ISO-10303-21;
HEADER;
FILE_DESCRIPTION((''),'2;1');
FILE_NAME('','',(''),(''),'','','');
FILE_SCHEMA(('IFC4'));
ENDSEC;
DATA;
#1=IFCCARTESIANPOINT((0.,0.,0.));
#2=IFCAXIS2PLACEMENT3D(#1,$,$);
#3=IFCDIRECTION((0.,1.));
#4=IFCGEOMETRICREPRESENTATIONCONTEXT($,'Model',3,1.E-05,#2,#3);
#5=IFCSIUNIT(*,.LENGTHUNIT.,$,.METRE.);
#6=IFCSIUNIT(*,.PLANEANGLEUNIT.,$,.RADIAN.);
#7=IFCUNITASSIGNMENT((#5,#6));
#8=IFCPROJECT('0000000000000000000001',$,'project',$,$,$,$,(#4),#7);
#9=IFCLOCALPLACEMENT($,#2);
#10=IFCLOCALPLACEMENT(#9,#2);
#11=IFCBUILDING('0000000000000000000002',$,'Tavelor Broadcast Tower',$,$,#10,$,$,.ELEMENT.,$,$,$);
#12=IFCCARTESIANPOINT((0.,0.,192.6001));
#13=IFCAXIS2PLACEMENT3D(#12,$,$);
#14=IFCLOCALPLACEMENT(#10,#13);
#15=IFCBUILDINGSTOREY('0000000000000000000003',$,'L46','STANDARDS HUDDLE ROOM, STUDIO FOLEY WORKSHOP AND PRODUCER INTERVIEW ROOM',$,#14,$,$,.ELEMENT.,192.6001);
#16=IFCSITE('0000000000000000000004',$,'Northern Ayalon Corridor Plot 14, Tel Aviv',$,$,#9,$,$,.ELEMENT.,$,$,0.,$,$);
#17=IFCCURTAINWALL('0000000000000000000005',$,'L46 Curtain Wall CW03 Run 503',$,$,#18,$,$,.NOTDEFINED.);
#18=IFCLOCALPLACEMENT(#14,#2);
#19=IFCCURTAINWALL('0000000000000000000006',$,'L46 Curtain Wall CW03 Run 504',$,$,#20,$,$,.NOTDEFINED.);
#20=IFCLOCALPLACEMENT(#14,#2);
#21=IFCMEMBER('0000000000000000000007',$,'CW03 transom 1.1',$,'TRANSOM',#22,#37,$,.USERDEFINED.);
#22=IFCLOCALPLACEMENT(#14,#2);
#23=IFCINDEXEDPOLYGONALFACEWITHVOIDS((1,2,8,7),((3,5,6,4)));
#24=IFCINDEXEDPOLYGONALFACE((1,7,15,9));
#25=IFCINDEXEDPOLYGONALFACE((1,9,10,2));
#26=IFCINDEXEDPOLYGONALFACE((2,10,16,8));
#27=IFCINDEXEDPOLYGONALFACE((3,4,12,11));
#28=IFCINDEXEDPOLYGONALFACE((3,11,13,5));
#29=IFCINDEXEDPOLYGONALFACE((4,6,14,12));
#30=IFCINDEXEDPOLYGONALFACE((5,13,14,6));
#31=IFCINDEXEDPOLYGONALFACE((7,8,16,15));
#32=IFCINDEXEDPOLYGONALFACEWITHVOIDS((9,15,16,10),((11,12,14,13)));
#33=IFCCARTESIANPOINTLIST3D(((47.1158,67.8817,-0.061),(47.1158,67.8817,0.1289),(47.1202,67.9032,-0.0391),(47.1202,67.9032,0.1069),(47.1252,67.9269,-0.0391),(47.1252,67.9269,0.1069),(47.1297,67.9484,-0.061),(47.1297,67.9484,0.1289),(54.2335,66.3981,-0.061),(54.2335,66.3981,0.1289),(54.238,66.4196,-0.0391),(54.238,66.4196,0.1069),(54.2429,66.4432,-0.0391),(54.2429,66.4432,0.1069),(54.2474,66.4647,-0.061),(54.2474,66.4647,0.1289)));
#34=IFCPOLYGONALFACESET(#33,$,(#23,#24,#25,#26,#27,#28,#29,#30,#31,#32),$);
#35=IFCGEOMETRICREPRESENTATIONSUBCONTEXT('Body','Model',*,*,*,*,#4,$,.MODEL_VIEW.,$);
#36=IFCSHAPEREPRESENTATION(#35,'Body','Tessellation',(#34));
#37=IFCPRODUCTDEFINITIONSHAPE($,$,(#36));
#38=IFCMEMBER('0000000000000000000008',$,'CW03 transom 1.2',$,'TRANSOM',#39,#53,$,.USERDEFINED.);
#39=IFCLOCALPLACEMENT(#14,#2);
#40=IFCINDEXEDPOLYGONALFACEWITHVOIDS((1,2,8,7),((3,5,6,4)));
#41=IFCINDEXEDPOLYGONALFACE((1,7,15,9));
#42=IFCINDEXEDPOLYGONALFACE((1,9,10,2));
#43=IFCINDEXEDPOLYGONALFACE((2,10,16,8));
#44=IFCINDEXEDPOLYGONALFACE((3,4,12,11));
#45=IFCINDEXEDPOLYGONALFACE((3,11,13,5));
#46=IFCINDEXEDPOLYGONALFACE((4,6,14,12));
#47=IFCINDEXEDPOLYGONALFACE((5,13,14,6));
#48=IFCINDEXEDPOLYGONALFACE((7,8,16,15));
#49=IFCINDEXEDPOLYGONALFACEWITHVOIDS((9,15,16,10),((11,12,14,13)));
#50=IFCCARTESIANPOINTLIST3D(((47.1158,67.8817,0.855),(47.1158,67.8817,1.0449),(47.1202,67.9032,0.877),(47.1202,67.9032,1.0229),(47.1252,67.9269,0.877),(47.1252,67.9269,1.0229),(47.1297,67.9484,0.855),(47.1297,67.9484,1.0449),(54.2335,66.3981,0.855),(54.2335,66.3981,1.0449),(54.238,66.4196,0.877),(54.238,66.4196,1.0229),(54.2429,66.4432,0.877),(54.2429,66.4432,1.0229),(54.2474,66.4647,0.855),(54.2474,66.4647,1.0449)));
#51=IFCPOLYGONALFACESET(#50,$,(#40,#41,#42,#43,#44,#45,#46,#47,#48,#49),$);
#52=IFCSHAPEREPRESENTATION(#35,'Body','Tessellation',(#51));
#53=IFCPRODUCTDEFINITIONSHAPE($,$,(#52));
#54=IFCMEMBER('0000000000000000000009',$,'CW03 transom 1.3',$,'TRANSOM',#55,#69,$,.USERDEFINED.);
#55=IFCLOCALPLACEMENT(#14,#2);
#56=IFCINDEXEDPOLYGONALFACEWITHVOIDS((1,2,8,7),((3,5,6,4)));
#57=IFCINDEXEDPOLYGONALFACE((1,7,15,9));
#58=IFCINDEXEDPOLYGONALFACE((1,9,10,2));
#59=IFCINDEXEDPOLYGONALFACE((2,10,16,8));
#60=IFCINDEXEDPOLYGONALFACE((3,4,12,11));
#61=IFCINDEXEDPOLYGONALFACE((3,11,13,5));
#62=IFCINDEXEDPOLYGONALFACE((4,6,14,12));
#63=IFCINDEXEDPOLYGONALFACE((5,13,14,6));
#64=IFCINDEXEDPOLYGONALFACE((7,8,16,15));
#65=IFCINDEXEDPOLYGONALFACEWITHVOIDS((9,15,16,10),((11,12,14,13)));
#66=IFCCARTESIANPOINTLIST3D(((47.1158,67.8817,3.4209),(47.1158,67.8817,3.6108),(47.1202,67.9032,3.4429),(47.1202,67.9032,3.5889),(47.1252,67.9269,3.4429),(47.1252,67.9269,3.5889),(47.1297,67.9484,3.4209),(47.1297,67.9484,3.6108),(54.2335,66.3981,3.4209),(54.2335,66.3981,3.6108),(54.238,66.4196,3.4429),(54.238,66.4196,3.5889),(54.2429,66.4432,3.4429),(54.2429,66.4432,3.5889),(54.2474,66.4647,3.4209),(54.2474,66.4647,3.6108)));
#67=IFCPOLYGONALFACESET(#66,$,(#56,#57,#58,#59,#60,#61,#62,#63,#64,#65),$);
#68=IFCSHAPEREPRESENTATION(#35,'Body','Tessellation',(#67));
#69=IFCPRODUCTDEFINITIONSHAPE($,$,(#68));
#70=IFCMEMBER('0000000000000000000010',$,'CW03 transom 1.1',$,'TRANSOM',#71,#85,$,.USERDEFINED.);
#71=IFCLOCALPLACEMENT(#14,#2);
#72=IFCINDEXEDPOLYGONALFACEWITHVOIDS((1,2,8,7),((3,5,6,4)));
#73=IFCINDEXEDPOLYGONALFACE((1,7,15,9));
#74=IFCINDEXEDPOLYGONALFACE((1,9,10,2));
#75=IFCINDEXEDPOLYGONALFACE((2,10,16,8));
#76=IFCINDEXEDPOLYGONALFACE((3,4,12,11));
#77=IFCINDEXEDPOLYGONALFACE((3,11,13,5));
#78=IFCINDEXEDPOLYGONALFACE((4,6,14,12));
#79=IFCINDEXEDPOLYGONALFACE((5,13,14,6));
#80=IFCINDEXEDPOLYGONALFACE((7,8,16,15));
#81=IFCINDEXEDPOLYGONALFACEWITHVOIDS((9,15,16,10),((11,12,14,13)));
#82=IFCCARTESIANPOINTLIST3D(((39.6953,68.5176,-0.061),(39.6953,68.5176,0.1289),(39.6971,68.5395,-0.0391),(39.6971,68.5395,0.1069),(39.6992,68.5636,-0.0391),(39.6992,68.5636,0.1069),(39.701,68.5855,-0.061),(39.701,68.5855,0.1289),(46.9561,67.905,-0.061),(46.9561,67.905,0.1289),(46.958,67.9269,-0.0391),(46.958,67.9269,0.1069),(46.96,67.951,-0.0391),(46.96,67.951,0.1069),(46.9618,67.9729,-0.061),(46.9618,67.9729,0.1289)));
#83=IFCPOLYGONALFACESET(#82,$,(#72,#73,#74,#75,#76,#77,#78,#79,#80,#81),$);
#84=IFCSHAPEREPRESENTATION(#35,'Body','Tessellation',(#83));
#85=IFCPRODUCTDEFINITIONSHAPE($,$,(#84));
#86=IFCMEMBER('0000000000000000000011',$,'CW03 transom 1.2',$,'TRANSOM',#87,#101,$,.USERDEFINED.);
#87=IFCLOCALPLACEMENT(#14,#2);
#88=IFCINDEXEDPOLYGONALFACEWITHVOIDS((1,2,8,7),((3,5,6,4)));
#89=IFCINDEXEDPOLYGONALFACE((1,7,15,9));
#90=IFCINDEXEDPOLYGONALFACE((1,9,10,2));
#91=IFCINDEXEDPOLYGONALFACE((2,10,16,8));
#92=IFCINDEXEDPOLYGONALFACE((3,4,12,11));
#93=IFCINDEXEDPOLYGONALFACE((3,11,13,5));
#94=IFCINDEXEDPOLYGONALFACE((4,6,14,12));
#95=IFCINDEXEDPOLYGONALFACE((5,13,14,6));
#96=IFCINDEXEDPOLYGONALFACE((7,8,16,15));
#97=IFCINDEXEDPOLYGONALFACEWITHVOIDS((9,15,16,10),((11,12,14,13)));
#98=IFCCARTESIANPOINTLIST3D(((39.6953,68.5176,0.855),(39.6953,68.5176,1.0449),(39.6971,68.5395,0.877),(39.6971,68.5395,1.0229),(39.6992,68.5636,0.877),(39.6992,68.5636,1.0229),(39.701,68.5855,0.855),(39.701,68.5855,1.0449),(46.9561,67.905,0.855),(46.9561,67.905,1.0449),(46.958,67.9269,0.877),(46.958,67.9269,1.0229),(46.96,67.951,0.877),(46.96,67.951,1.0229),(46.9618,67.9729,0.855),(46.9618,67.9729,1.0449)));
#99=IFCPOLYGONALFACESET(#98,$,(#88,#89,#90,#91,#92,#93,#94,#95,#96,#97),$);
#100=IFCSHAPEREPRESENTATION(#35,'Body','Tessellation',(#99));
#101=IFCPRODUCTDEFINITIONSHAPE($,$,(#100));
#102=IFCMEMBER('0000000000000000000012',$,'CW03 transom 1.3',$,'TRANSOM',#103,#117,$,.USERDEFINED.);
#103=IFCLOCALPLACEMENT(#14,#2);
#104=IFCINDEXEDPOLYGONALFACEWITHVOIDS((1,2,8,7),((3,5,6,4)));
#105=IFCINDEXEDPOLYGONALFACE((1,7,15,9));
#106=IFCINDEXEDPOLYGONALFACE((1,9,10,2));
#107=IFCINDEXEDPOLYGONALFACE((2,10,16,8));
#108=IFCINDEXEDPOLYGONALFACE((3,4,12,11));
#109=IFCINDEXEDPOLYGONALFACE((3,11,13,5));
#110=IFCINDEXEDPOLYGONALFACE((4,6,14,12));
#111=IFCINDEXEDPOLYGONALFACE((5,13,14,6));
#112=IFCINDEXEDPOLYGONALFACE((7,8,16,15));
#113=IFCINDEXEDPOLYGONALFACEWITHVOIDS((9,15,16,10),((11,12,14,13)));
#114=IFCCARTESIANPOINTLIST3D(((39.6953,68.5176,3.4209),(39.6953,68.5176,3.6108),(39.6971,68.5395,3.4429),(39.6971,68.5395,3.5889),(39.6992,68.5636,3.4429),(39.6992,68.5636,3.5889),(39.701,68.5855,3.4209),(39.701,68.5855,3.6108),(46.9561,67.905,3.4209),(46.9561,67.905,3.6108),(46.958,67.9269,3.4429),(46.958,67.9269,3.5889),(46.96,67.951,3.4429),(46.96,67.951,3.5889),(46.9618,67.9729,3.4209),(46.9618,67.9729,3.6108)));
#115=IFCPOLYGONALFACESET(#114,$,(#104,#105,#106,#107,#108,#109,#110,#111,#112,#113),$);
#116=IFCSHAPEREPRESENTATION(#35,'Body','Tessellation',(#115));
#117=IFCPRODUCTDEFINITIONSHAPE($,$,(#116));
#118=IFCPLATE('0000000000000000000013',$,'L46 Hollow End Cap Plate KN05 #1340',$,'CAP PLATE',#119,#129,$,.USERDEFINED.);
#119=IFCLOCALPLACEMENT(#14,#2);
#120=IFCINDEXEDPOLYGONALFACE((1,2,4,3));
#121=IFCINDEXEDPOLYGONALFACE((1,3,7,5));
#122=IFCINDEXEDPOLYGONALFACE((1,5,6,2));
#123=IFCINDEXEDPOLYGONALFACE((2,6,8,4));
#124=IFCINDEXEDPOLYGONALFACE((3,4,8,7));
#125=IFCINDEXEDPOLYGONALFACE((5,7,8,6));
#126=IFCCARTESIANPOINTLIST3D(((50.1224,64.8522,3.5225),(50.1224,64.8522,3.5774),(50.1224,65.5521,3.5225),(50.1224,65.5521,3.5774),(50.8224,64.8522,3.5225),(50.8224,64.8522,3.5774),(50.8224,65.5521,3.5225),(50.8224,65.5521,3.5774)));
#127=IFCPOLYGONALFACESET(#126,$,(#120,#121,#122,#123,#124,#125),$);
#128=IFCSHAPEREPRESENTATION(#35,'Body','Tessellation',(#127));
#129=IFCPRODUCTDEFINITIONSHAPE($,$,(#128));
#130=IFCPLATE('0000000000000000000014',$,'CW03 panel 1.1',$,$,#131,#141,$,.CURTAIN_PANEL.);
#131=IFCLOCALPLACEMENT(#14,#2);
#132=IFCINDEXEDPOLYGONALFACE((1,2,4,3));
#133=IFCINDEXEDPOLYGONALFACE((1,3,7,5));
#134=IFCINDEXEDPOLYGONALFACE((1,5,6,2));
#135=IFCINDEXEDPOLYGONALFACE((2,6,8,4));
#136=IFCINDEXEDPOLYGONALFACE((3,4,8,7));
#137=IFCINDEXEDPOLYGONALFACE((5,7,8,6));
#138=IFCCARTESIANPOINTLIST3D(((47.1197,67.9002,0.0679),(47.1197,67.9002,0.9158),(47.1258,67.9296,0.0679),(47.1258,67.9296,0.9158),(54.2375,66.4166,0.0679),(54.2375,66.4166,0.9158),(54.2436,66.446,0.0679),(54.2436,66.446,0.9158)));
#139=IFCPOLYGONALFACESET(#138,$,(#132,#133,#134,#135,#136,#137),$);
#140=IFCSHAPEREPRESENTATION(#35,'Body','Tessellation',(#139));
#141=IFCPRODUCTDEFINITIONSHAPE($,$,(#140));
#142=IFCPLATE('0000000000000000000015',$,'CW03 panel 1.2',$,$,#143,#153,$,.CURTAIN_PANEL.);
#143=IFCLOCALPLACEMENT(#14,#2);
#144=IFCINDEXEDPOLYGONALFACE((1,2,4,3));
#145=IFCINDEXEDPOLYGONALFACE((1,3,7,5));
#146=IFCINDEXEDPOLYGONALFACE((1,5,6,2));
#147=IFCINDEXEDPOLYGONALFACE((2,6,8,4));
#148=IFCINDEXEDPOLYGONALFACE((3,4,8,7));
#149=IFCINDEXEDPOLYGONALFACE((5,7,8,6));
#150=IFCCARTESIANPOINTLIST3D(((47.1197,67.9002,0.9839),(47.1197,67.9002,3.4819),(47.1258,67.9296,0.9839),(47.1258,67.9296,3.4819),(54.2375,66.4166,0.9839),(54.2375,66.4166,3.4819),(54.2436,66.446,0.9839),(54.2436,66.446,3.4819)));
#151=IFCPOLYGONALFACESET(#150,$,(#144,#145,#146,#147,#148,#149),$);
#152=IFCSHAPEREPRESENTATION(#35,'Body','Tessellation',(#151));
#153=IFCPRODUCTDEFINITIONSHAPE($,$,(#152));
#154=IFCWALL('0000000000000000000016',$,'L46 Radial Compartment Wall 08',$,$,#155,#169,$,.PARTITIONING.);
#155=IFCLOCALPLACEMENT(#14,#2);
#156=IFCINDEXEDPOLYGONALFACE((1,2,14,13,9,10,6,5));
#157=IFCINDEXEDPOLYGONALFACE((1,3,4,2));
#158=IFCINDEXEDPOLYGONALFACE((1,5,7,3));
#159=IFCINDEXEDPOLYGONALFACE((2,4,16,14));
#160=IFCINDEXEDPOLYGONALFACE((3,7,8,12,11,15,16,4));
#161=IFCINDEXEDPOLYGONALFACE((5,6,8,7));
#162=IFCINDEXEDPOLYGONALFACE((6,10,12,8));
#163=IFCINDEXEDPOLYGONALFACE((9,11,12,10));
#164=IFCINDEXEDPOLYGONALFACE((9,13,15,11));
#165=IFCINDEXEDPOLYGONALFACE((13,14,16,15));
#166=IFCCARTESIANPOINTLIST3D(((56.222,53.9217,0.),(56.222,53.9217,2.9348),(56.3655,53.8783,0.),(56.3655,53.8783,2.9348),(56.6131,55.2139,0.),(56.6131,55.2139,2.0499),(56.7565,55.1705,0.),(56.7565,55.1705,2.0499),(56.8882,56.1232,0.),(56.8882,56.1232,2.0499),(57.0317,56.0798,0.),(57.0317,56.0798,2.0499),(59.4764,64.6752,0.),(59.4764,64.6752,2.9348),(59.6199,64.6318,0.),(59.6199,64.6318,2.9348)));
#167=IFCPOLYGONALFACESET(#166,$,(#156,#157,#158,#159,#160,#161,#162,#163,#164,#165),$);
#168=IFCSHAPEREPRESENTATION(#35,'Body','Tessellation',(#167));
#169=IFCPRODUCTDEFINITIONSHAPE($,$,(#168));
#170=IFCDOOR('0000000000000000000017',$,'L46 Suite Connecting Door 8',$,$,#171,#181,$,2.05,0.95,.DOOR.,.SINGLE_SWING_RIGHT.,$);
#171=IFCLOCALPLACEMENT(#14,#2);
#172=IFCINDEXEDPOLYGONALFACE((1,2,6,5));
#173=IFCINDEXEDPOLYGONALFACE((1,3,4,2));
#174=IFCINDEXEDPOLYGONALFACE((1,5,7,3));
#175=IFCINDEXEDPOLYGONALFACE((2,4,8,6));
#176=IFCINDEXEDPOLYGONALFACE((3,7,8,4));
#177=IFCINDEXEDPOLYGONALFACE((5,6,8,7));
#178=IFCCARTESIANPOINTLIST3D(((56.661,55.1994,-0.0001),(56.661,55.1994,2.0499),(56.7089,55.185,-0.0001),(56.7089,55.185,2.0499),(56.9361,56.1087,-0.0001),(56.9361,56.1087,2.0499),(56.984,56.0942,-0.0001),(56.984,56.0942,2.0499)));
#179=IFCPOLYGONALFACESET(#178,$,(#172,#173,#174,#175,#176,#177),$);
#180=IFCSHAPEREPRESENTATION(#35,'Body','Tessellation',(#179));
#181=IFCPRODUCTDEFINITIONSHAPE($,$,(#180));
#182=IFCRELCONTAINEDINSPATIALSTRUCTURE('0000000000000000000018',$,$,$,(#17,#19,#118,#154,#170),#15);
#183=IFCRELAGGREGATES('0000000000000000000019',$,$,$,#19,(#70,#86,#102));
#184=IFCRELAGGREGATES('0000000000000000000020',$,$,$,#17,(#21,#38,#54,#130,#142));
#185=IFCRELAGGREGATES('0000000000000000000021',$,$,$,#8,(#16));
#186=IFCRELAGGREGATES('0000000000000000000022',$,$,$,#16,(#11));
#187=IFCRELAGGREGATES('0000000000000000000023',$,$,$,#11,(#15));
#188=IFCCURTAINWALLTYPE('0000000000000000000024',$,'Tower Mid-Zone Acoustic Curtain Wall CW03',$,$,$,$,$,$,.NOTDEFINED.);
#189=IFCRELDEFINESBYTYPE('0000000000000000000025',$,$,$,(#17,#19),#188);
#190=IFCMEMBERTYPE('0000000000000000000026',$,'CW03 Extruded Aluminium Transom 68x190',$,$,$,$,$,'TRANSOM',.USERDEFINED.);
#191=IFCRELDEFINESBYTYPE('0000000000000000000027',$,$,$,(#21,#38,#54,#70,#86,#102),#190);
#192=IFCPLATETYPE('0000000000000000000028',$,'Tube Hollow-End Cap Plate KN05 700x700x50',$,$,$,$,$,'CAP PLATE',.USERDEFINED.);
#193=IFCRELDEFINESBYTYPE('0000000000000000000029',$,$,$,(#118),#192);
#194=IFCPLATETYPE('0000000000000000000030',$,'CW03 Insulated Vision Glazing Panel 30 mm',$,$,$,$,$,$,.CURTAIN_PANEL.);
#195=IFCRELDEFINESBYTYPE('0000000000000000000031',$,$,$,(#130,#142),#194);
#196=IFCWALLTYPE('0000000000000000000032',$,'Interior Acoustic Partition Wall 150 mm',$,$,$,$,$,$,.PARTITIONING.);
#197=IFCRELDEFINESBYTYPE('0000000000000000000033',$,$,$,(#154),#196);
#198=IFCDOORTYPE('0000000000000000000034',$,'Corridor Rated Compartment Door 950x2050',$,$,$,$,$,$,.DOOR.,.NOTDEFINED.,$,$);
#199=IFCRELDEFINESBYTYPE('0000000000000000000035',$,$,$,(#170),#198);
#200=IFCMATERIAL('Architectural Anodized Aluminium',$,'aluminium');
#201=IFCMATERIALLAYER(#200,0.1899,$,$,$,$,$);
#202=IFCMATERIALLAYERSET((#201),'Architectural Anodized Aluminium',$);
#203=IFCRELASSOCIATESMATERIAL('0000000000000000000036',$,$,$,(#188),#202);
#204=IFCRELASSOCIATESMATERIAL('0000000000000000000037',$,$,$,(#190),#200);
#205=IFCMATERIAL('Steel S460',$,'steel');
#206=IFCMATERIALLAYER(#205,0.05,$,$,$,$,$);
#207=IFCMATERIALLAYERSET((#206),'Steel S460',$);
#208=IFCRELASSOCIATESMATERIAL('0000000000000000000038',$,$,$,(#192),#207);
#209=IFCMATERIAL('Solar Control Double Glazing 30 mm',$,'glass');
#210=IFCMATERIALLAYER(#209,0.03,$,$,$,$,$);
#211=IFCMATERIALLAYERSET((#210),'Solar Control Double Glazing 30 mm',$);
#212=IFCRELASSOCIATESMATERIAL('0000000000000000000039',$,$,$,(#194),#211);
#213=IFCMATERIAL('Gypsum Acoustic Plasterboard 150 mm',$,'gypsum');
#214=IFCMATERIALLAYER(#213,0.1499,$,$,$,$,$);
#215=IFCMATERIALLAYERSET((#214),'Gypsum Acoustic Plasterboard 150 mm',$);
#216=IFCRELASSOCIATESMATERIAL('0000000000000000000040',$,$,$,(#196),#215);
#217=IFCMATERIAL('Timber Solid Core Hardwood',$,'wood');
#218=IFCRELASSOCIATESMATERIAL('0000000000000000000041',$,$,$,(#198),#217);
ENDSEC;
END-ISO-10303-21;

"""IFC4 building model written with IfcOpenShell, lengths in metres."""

from ifc_helpers import new_model, si_unit, direction, frame, frame_2d, origin, origin_2d, place, context, subcontext, project, spatial, rectangle, hollow_rectangle, extrude, source, transform, mapped, material, layer, layer_set, material_profile, profile_set, type_object, type_shapes, element, fill, aggregate, save


model = new_model("IFC4")

# Units and contexts
model_context = context("Model", 3, precision=1e-05, world=origin(), true_north=direction((0.0, 1.0)))
body_context = subcontext(model_context, "Body", "Model", "MODEL_VIEW")
ifc_project = project(units=[si_unit("LENGTHUNIT", "METRE"), si_unit("PLANEANGLEUNIT", "RADIAN")], contexts=[model_context])

# Site, building, storey
site_placement = place(None, origin())
site = spatial("IfcSite", under=ifc_project, at=site_placement, Name="Northern Ayalon Corridor Plot 14, Tel Aviv", CompositionType="ELEMENT", RefElevation=0.0)
building_placement = place(site_placement, origin())
building = spatial("IfcBuilding", under=site, at=building_placement, Name="Tavelor Broadcast Tower", CompositionType="ELEMENT")
storey_placement = place(building_placement, frame((0.0, 0.0, 192.6001)))
storey = spatial("IfcBuildingStorey", under=building, at=storey_placement, Name="L46", Description="STANDARDS HUDDLE ROOM, STUDIO FOLEY WORKSHOP AND PRODUCER INTERVIEW ROOM", CompositionType="ELEMENT", Elevation=192.6001)

# Shared definitions
ifc_material_1 = material(Name="Steel S460", Category="steel")

# Shared definitions
ifc_material_2 = material(Name="Architectural Anodized Aluminium", Category="aluminium")
ifc_layer_1 = layer(ifc_material_2, 0.1899)
ifc_layer_set_1 = layer_set([ifc_layer_1], Name="Architectural Anodized Aluminium")
curtain_wall_type = type_object("IfcCurtainWallType", Name="Tower Mid-Zone Acoustic Curtain Wall CW03", PredefinedType="NOTDEFINED", material=ifc_layer_set_1)

# Curtain wall
curtain_wall_1_placement = place(storey_placement, origin())
curtain_wall_1 = element("IfcCurtainWall", 1, at=curtain_wall_1_placement, inside=storey, type_object=curtain_wall_type, Name="L46 Curtain Wall CW03 Run 503", PredefinedType="NOTDEFINED")

# Curtain wall
curtain_wall_2_placement = place(storey_placement, origin())
curtain_wall_2 = element("IfcCurtainWall", 2, at=curtain_wall_2_placement, inside=storey, type_object=curtain_wall_type, Name="L46 Curtain Wall CW03 Run 504", PredefinedType="NOTDEFINED")

# Members
ifc_material_profile_1 = material_profile(ifc_material_2, hollow_rectangle(XDim=0.0681, YDim=0.1899, WallThickness=0.022, at=origin_2d()), Name="RHS 68x190x22")
ifc_profile_set_1 = profile_set([ifc_material_profile_1], Name="Architectural Anodized Aluminium")
member_type_1 = type_object("IfcMemberType", Name="CW03 Extruded Aluminium Transom 68x190", ElementType="TRANSOM", PredefinedType="USERDEFINED", material=ifc_profile_set_1)
shared_shape_1 = source(origin(), body_context, "Body", "SweptSolid", [
    extrude(hollow_rectangle(XDim=0.0681, YDim=0.1899, WallThickness=0.022, at=origin_2d()), origin(), (0.0, 0.0, 1.0), 7.2708),
])
member_1_placement = place(storey_placement, frame((54.2405, 66.4314, 0.0339), z_axis=(-0.978959, 0.204059, 0.0), x_axis=(-0.204059, -0.978959, 0.0)))
member_1 = element("IfcMember", 3, at=member_1_placement, type_object=member_type_1, Name="CW03 transom 1.1", ObjectType="TRANSOM", PredefinedType="USERDEFINED", context=body_context, shape_type="MappedRepresentation", body=[
    mapped(shared_shape_1, transform((0.0, 0.0, 0.0), scale=1.0)),
])
member_2_placement = place(storey_placement, frame((54.2405, 66.4314, 0.95), z_axis=(-0.978959, 0.204059, 0.0), x_axis=(-0.204059, -0.978959, 0.0)))
member_2 = element("IfcMember", 4, at=member_2_placement, type_object=member_type_1, Name="CW03 transom 1.2", ObjectType="TRANSOM", PredefinedType="USERDEFINED", context=body_context, shape_type="MappedRepresentation", body=[
    mapped(shared_shape_1, transform((0.0, 0.0, 0.0), scale=1.0)),
])
member_3_placement = place(storey_placement, frame((54.2405, 66.4314, 3.5159), z_axis=(-0.978959, 0.204059, 0.0), x_axis=(-0.204059, -0.978959, 0.0)))
member_3 = element("IfcMember", 5, at=member_3_placement, type_object=member_type_1, Name="CW03 transom 1.3", ObjectType="TRANSOM", PredefinedType="USERDEFINED", context=body_context, shape_type="MappedRepresentation", body=[
    mapped(shared_shape_1, transform((0.0, 0.0, 0.0), scale=1.0)),
])
shared_shape_2 = source(origin(), body_context, "Body", "SweptSolid", [
    extrude(hollow_rectangle(XDim=0.0681, YDim=0.1899, WallThickness=0.022, at=origin_2d()), origin(), (0.0, 0.0, 1.0), 7.2866),
])
type_shapes(member_type_1, [shared_shape_1, shared_shape_2])
member_4_placement = place(storey_placement, frame((46.959, 67.939, 0.0339), z_axis=(-0.99646, 0.084066, 0.0), x_axis=(-0.084066, -0.99646, 0.0)))
member_4 = element("IfcMember", 6, at=member_4_placement, type_object=member_type_1, Name="CW03 transom 1.1", ObjectType="TRANSOM", PredefinedType="USERDEFINED", context=body_context, shape_type="MappedRepresentation", body=[
    mapped(shared_shape_2, transform((0.0, 0.0, 0.0), scale=1.0)),
])
member_5_placement = place(storey_placement, frame((46.959, 67.939, 0.95), z_axis=(-0.99646, 0.084066, 0.0), x_axis=(-0.084066, -0.99646, 0.0)))
member_5 = element("IfcMember", 7, at=member_5_placement, type_object=member_type_1, Name="CW03 transom 1.2", ObjectType="TRANSOM", PredefinedType="USERDEFINED", context=body_context, shape_type="MappedRepresentation", body=[
    mapped(shared_shape_2, transform((0.0, 0.0, 0.0), scale=1.0)),
])
member_6_placement = place(storey_placement, frame((46.959, 67.939, 3.5159), z_axis=(-0.99646, 0.084066, 0.0), x_axis=(-0.084066, -0.99646, 0.0)))
member_6 = element("IfcMember", 8, at=member_6_placement, type_object=member_type_1, Name="CW03 transom 1.3", ObjectType="TRANSOM", PredefinedType="USERDEFINED", context=body_context, shape_type="MappedRepresentation", body=[
    mapped(shared_shape_2, transform((0.0, 0.0, 0.0), scale=1.0)),
])
aggregate(curtain_wall_2, [member_4, member_5, member_6])

# Plates
ifc_layer_2 = layer(ifc_material_1, 0.05)
ifc_layer_set_2 = layer_set([ifc_layer_2], Name="Steel S460")
plate_type_1 = type_object("IfcPlateType", Name="Tube Hollow-End Cap Plate KN05 700x700x50", ElementType="CAP PLATE", PredefinedType="USERDEFINED", material=ifc_layer_set_2)
shared_shape_3 = source(origin(), body_context, "Body", "SweptSolid", [
    extrude(rectangle(XDim=0.7, YDim=0.7, at=origin_2d()), origin(), (0.0, 0.0, 1.0), 0.0549),
])
type_shapes(plate_type_1, [shared_shape_3])
plate_1_placement = place(storey_placement, frame((50.4724, 65.2021, 3.5225), z_axis=(0.0, 0.0, 1.0), x_axis=(1.0, 0.0, 0.0)))
element("IfcPlate", 9, at=plate_1_placement, inside=storey, type_object=plate_type_1, Name="L46 Hollow End Cap Plate KN05 #1340", ObjectType="CAP PLATE", PredefinedType="USERDEFINED", context=body_context, shape_type="MappedRepresentation", body=[
    mapped(shared_shape_3, transform((0.0, 0.0, 0.0), scale=1.0)),
])
ifc_material_3 = material(Name="Solar Control Double Glazing 30 mm", Category="glass")
ifc_layer_3 = layer(ifc_material_3, 0.03)
ifc_layer_set_3 = layer_set([ifc_layer_3], Name="Solar Control Double Glazing 30 mm")
plate_type_2 = type_object("IfcPlateType", Name="CW03 Insulated Vision Glazing Panel 30 mm", PredefinedType="CURTAIN_PANEL", material=ifc_layer_set_3)
shared_shape_4 = source(origin(), body_context, "Body", "SweptSolid", [
    extrude(rectangle(XDim=7.2708, YDim=0.03, at=origin_2d()), origin(), (0.0, 0.0, 1.0), 0.8479),
])
plate_2_placement = place(storey_placement, frame((50.6816, 67.1731, 0.0679), z_axis=(0.0, 0.0, 1.0), x_axis=(-0.978958, 0.20406, 0.0)))
plate_2 = element("IfcPlate", 10, at=plate_2_placement, type_object=plate_type_2, Name="CW03 panel 1.1", PredefinedType="CURTAIN_PANEL", context=body_context, shape_type="MappedRepresentation", body=[
    mapped(shared_shape_4, transform((0.0, 0.0, 0.0), scale=1.0)),
])
shared_shape_5 = source(origin(), body_context, "Body", "SweptSolid", [
    extrude(rectangle(XDim=7.2708, YDim=0.03, at=origin_2d()), origin(), (0.0, 0.0, 1.0), 2.498),
])
type_shapes(plate_type_2, [shared_shape_4, shared_shape_5])
plate_3_placement = place(storey_placement, frame((50.6816, 67.1731, 0.9839), z_axis=(0.0, 0.0, 1.0), x_axis=(-0.978958, 0.20406, 0.0)))
plate_3 = element("IfcPlate", 11, at=plate_3_placement, type_object=plate_type_2, Name="CW03 panel 1.2", PredefinedType="CURTAIN_PANEL", context=body_context, shape_type="MappedRepresentation", body=[
    mapped(shared_shape_5, transform((0.0, 0.0, 0.0), scale=1.0)),
])
aggregate(curtain_wall_1, [member_1, member_2, member_3, plate_2, plate_3])

# Wall, opening, door
ifc_material_4 = material(Name="Gypsum Acoustic Plasterboard 150 mm", Category="gypsum")
ifc_layer_4 = layer(ifc_material_4, 0.1499)
ifc_layer_set_4 = layer_set([ifc_layer_4], Name="Gypsum Acoustic Plasterboard 150 mm")
wall_type_1 = type_object("IfcWallType", Name="Interior Acoustic Partition Wall 150 mm", PredefinedType="PARTITIONING", material=ifc_layer_set_4)
wall_1_placement = place(storey_placement, frame((56.2937, 53.8999, 0.0), z_axis=(0.0, 0.0, 1.0), x_axis=(0.289664, 0.957129, 0.0)))
wall_1 = element("IfcWall", 12, at=wall_1_placement, inside=storey, type_object=wall_type_1, Name="L46 Radial Compartment Wall 08", PredefinedType="PARTITIONING", context=body_context, shape_type="SweptSolid", body=[
    extrude(rectangle(XDim=11.2351, YDim=0.1499, at=frame_2d((5.6177, 0.0))), origin(), (0.0, 0.0, 1.0), 2.9348),
])
opening_placement = place(wall_1_placement, frame((1.3501, 0.0, 0.0)))
opening = element("IfcOpeningElement", 13, at=opening_placement, cuts=wall_1, PredefinedType="OPENING", context=body_context, shape_type="SweptSolid", body=[
    extrude(rectangle(XDim=0.95, YDim=2.05, at=frame_2d((0.4751, 1.0249))), frame((0.0, 0.085, 0.0), z_axis=(0.0, -1.0, 0.0), x_axis=(1.0, 0.0, 0.0)), (0.0, 0.0, 1.0), 0.1699),
])
ifc_material_5 = material(Name="Timber Solid Core Hardwood", Category="wood")
door_type = type_object("IfcDoorType", Name="Corridor Rated Compartment Door 950x2050", OperationType="NOTDEFINED", PredefinedType="DOOR", material=ifc_material_5)
door_placement = place(opening_placement, origin())
door = element("IfcDoor", 14, at=door_placement, inside=storey, type_object=door_type, Name="L46 Suite Connecting Door 8", OperationType="SINGLE_SWING_RIGHT", OverallHeight=2.05, OverallWidth=0.95, PredefinedType="DOOR", context=body_context, shape_type="SweptSolid", body=[
    extrude(rectangle(XDim=0.95, YDim=2.05, at=frame_2d((0.4751, 1.0249))), frame((0.0, 0.0249, 0.0), z_axis=(0.0, -1.0, 0.0), x_axis=(1.0, 0.0, 0.0)), (0.0, 0.0, 1.0), 0.05),
])
fill(opening, door)

save(model, "model.ifc")
